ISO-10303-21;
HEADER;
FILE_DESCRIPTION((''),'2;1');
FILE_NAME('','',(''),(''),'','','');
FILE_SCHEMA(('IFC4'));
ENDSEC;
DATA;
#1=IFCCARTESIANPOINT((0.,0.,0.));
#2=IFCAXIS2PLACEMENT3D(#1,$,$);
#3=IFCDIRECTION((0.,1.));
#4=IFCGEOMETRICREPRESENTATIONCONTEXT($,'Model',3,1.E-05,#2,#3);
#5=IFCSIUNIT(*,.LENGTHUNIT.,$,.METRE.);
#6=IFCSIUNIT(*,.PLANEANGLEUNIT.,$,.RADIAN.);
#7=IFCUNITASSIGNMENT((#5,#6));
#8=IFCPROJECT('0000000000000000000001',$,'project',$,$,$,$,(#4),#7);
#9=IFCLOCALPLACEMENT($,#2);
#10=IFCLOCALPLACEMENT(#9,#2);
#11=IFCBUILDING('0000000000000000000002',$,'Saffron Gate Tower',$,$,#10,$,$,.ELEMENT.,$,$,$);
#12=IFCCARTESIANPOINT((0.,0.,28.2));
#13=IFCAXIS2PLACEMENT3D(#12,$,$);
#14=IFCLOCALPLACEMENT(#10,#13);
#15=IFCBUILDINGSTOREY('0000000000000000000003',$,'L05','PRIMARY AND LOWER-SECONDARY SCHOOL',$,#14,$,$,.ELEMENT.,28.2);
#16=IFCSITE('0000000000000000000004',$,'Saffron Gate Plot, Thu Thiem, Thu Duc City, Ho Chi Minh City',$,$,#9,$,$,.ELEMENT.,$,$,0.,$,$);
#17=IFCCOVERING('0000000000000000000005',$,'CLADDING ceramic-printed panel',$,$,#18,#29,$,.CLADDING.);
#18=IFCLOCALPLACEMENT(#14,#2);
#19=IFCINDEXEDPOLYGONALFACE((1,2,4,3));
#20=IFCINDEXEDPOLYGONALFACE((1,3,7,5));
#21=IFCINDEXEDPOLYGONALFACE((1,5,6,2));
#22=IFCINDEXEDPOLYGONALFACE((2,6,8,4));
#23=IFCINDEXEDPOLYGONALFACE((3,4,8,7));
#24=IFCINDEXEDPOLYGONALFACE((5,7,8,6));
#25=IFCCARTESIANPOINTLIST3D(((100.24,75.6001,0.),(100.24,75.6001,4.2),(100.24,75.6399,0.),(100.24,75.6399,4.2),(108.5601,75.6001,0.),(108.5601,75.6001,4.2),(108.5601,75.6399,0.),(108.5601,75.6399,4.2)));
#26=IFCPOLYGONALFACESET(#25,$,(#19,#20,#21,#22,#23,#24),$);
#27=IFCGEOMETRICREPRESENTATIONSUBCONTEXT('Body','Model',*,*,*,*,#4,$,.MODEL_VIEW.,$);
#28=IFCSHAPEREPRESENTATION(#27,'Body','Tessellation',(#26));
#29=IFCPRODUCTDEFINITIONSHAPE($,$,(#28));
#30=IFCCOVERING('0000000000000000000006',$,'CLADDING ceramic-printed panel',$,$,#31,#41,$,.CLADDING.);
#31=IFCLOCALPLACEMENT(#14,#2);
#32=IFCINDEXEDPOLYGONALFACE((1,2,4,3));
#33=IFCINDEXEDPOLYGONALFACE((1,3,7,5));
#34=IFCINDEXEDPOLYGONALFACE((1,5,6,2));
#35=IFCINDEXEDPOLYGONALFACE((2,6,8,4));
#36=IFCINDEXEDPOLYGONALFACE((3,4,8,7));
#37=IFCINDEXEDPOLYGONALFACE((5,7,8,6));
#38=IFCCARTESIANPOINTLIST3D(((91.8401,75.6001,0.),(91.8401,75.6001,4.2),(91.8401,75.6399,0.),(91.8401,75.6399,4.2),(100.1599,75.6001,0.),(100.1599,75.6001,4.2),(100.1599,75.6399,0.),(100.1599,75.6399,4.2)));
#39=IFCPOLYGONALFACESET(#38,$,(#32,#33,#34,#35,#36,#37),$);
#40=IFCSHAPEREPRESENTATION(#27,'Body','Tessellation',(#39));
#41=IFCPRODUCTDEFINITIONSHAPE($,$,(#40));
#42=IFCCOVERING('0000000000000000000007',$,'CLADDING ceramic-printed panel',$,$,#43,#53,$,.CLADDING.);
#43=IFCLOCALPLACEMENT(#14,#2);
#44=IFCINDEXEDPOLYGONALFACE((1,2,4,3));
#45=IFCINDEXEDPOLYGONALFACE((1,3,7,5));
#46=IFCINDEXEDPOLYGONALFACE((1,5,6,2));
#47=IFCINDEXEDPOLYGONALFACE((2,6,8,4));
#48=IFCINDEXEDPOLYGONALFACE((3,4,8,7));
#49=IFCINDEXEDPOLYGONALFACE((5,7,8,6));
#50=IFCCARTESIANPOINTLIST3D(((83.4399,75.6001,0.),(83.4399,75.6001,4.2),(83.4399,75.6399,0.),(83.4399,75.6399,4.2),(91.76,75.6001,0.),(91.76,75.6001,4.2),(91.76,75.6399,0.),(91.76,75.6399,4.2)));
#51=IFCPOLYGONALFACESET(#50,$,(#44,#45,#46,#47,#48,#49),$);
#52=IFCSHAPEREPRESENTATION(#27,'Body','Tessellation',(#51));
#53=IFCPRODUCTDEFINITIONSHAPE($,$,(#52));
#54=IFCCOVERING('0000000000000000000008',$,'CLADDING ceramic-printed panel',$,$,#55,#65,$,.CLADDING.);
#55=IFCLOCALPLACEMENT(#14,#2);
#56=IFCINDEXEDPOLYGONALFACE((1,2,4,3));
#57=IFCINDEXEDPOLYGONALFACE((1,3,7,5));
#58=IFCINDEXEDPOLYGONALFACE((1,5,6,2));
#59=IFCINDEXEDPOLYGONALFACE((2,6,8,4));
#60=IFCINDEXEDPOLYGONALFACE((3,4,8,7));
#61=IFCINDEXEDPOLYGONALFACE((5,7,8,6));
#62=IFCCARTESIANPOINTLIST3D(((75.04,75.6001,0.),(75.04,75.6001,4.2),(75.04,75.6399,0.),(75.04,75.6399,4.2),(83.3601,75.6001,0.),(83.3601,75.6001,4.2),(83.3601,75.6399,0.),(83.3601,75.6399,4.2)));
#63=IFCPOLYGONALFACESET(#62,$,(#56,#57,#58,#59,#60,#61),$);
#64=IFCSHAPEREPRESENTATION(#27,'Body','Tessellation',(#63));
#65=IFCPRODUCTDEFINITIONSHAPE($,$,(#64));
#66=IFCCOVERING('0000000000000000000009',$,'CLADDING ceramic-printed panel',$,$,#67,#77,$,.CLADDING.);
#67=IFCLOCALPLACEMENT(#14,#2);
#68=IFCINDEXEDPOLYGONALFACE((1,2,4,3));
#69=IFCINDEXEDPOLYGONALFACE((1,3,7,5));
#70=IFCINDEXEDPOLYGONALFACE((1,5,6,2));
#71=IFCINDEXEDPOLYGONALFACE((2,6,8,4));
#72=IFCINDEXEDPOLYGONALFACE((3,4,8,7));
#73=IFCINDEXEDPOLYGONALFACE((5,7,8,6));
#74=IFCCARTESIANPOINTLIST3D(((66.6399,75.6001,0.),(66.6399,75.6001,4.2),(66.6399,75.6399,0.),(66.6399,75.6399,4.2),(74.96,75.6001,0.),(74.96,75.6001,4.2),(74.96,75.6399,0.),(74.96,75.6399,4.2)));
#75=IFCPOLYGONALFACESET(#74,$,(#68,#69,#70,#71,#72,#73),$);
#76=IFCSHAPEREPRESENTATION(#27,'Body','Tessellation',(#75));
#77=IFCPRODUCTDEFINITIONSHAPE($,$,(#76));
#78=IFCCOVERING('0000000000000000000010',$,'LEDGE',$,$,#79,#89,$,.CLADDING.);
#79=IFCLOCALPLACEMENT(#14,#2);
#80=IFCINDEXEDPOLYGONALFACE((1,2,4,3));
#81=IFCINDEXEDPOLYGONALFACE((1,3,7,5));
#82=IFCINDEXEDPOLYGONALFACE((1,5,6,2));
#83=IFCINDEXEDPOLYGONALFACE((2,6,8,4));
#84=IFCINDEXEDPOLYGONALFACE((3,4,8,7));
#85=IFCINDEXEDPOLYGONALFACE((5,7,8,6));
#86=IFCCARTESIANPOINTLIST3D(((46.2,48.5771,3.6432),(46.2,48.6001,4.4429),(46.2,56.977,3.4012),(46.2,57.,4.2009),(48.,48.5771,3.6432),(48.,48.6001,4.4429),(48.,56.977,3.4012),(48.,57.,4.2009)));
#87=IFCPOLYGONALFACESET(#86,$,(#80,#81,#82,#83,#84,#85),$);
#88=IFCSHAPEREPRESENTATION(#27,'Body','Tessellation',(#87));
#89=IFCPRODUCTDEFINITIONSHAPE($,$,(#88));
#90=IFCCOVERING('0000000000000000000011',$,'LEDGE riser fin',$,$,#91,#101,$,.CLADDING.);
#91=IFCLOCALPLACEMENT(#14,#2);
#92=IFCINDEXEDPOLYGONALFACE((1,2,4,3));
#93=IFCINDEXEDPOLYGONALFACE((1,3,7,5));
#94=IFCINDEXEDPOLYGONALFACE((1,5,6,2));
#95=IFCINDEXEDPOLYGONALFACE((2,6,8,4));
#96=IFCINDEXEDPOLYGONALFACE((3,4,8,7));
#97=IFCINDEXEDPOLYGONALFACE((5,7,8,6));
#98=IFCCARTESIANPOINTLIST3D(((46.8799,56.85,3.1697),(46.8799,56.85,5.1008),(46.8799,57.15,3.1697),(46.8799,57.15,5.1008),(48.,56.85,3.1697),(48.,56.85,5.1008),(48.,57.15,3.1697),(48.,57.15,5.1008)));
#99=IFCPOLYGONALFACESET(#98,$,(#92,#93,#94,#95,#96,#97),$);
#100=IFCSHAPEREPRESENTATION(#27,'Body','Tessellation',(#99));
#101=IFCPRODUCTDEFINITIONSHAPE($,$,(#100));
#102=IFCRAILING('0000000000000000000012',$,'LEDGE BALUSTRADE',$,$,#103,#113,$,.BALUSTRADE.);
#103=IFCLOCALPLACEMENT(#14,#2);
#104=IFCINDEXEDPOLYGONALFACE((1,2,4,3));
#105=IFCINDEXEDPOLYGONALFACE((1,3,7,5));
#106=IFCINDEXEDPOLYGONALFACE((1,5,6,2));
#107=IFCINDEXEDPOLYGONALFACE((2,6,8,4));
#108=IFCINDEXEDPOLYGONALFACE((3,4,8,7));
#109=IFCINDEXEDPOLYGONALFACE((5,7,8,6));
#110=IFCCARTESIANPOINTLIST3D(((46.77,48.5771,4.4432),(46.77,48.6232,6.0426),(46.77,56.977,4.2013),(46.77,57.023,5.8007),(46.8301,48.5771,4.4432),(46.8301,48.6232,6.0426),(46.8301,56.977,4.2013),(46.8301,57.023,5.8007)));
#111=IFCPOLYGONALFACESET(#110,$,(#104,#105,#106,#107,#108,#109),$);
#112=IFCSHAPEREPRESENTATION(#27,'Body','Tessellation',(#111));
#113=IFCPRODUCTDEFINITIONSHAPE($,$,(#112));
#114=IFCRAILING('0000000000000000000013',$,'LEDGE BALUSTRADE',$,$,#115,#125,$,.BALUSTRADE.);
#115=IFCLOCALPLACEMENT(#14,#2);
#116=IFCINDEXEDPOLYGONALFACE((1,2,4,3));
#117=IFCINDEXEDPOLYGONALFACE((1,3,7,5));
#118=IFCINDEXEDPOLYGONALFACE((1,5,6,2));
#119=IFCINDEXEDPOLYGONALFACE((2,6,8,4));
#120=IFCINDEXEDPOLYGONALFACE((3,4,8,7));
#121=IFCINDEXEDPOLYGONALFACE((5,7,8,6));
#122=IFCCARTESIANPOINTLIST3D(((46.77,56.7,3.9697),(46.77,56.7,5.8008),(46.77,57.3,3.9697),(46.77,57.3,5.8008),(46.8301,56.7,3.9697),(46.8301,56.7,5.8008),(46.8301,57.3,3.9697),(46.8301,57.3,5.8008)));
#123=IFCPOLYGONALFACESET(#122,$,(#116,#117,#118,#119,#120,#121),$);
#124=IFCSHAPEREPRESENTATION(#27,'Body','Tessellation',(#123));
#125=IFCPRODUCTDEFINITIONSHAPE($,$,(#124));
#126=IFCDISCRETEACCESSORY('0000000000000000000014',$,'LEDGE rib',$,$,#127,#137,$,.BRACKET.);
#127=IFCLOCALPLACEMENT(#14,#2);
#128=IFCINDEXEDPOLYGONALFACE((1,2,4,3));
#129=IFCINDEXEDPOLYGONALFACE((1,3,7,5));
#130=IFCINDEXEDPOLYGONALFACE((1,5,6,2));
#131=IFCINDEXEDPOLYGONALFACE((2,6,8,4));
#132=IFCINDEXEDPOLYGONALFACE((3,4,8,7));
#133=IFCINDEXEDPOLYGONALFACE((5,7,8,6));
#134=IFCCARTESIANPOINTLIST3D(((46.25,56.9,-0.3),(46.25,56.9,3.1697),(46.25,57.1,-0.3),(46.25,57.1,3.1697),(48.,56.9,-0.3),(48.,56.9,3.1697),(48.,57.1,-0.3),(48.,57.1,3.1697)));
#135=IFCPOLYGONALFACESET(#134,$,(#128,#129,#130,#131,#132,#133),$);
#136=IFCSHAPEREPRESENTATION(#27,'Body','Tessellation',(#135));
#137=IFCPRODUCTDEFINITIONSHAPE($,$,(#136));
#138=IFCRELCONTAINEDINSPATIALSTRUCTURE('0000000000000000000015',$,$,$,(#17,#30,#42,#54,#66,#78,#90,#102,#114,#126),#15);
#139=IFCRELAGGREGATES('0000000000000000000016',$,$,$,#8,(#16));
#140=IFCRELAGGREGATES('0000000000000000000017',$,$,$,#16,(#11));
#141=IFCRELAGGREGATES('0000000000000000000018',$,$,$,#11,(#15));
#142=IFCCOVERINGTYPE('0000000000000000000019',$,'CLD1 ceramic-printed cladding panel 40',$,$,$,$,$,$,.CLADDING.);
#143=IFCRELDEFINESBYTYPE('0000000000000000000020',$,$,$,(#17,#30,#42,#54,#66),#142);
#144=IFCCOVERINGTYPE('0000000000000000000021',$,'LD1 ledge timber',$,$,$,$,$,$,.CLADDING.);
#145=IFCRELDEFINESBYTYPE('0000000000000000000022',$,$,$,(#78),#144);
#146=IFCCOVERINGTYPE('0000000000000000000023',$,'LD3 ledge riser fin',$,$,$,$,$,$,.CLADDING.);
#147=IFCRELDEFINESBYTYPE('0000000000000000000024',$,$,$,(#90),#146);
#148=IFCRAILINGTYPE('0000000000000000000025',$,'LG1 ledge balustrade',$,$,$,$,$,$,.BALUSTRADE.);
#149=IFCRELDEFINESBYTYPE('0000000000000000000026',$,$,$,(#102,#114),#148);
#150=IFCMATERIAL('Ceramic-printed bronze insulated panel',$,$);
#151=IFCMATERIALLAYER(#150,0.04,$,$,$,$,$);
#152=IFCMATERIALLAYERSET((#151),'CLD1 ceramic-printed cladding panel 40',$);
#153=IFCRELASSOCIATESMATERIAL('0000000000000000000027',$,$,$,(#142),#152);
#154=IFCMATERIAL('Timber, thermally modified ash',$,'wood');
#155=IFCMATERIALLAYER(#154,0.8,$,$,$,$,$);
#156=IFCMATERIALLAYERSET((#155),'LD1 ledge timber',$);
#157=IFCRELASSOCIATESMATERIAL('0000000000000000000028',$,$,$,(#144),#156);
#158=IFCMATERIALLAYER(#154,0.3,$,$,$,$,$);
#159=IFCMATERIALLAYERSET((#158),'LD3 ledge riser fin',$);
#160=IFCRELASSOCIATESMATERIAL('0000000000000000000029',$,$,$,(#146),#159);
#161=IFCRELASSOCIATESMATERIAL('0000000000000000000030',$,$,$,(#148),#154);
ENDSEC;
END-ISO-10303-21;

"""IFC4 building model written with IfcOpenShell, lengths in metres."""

from ifc_helpers import new_model, si_unit, direction, frame, origin, origin_2d, place, context, subcontext, project, spatial, polyline, rectangle, outline, extrude, material, layer, layer_set, type_object, element, save


model = new_model("IFC4")

# Units and contexts
model_context = context("Model", 3, precision=1e-05, world=origin(), true_north=direction((0.0, 1.0)))
body_context = subcontext(model_context, "Body", "Model", "MODEL_VIEW")
ifc_project = project(units=[si_unit("LENGTHUNIT", "METRE"), si_unit("PLANEANGLEUNIT", "RADIAN")], contexts=[model_context])

# Site, building, storey
site_placement = place(None, origin())
site = spatial("IfcSite", under=ifc_project, at=site_placement, Name="Saffron Gate Plot, Thu Thiem, Thu Duc City, Ho Chi Minh City", CompositionType="ELEMENT", RefElevation=0.0)
building_placement = place(site_placement, origin())
building = spatial("IfcBuilding", under=site, at=building_placement, Name="Saffron Gate Tower", CompositionType="ELEMENT")
storey_placement = place(building_placement, frame((0.0, 0.0, 28.2)))
storey = spatial("IfcBuildingStorey", under=building, at=storey_placement, Name="L05", Description="PRIMARY AND LOWER-SECONDARY SCHOOL", CompositionType="ELEMENT", Elevation=28.2)

# Coverings
ifc_material_1 = material(Name="Ceramic-printed bronze insulated panel")
ifc_layer_1 = layer(ifc_material_1, 0.04)
ifc_layer_set_1 = layer_set([ifc_layer_1], Name="CLD1 ceramic-printed cladding panel 40")
covering_type_1 = type_object("IfcCoveringType", Name="CLD1 ceramic-printed cladding panel 40", PredefinedType="CLADDING", material=ifc_layer_set_1)
covering_1_placement = place(storey_placement, origin())
element("IfcCovering", 1, at=covering_1_placement, inside=storey, type_object=covering_type_1, Name="CLADDING ceramic-printed panel", PredefinedType="CLADDING", context=body_context, shape_type="SweptSolid", body=[
    extrude(outline(polyline([(108.5601, 75.6399), (100.24, 75.6399), (100.24, 75.6001), (108.5601, 75.6001), (108.5601, 75.6399)])), origin(), (0.0, 0.0, 1.0), 4.2),
])
covering_2_placement = place(storey_placement, origin())
element("IfcCovering", 2, at=covering_2_placement, inside=storey, type_object=covering_type_1, Name="CLADDING ceramic-printed panel", PredefinedType="CLADDING", context=body_context, shape_type="SweptSolid", body=[
    extrude(outline(polyline([(100.1599, 75.6399), (91.8401, 75.6399), (91.8401, 75.6001), (100.1599, 75.6001), (100.1599, 75.6399)])), origin(), (0.0, 0.0, 1.0), 4.2),
])
covering_3_placement = place(storey_placement, origin())
element("IfcCovering", 3, at=covering_3_placement, inside=storey, type_object=covering_type_1, Name="CLADDING ceramic-printed panel", PredefinedType="CLADDING", context=body_context, shape_type="SweptSolid", body=[
    extrude(outline(polyline([(91.76, 75.6399), (83.4399, 75.6399), (83.4399, 75.6001), (91.76, 75.6001), (91.76, 75.6399)])), origin(), (0.0, 0.0, 1.0), 4.2),
])
covering_4_placement = place(storey_placement, origin())
element("IfcCovering", 4, at=covering_4_placement, inside=storey, type_object=covering_type_1, Name="CLADDING ceramic-printed panel", PredefinedType="CLADDING", context=body_context, shape_type="SweptSolid", body=[
    extrude(outline(polyline([(83.3601, 75.6399), (75.04, 75.6399), (75.04, 75.6001), (83.3601, 75.6001), (83.3601, 75.6399)])), origin(), (0.0, 0.0, 1.0), 4.2),
])
covering_5_placement = place(storey_placement, origin())
element("IfcCovering", 5, at=covering_5_placement, inside=storey, type_object=covering_type_1, Name="CLADDING ceramic-printed panel", PredefinedType="CLADDING", context=body_context, shape_type="SweptSolid", body=[
    extrude(outline(polyline([(74.96, 75.6399), (66.6399, 75.6399), (66.6399, 75.6001), (74.96, 75.6001), (74.96, 75.6399)])), origin(), (0.0, 0.0, 1.0), 4.2),
])
ifc_material_2 = material(Name="Timber, thermally modified ash", Category="wood")
ifc_layer_2 = layer(ifc_material_2, 0.8)
ifc_layer_set_2 = layer_set([ifc_layer_2], Name="LD1 ledge timber")
covering_type_2 = type_object("IfcCoveringType", Name="LD1 ledge timber", PredefinedType="CLADDING", material=ifc_layer_set_2)
covering_6_placement = place(storey_placement, frame((48.0, 57.0, 4.2009), z_axis=(0.0, 0.028791, 0.999585), x_axis=(0.0, -0.999585, 0.028791)))
element("IfcCovering", 6, at=covering_6_placement, inside=storey, type_object=covering_type_2, Name="LEDGE", PredefinedType="CLADDING", context=body_context, shape_type="SweptSolid", body=[
    extrude(outline(polyline([(0.0, 0.0), (8.4034, 0.0), (8.4034, -1.8), (0.0, -1.8), (0.0, 0.0)])), origin(), (0.0, 0.0, -1.0), 0.8),
])
ifc_layer_3 = layer(ifc_material_2, 0.3)
ifc_layer_set_3 = layer_set([ifc_layer_3], Name="LD3 ledge riser fin")
covering_type_3 = type_object("IfcCoveringType", Name="LD3 ledge riser fin", PredefinedType="CLADDING", material=ifc_layer_set_3)
covering_7_placement = place(storey_placement, frame((47.4399, 57.0, 3.1697), z_axis=(0.0, 0.0, 1.0), x_axis=(0.0, -1.0, 0.0)))
element("IfcCovering", 7, at=covering_7_placement, inside=storey, type_object=covering_type_3, Name="LEDGE riser fin", PredefinedType="CLADDING", context=body_context, shape_type="SweptSolid", body=[
    extrude(rectangle(XDim=0.3, YDim=1.1201, at=origin_2d()), origin(), (0.0, 0.0, 1.0), 1.9312),
])

# Railings
railing_type = type_object("IfcRailingType", Name="LG1 ledge balustrade", PredefinedType="BALUSTRADE", material=ifc_material_2)
railing_1_placement = place(storey_placement, frame((46.8, 57.0, 4.2009)))
element("IfcRailing", 8, at=railing_1_placement, inside=storey, type_object=railing_type, Name="LEDGE BALUSTRADE", PredefinedType="BALUSTRADE", context=body_context, shape_type="SweptSolid", body=[
    extrude(rectangle(XDim=0.0601, YDim=1.6001, at=origin_2d()), frame((0.0, 0.0, 0.8), z_axis=(0.0, -0.999585, 0.028791), x_axis=(1.0, 0.0, 0.0)), (0.0, 0.0, 1.0), 8.4033),
])
railing_2_placement = place(storey_placement, frame((46.8, 57.3, 3.9697)))
element("IfcRailing", 9, at=railing_2_placement, inside=storey, type_object=railing_type, Name="LEDGE BALUSTRADE", PredefinedType="BALUSTRADE", context=body_context, shape_type="SweptSolid", body=[
    extrude(rectangle(XDim=0.0601, YDim=1.8311, at=origin_2d()), frame((0.0, 0.0, 0.9155), z_axis=(0.0, -1.0, 0.0), x_axis=(1.0, 0.0, 0.0)), (0.0, 0.0, 1.0), 0.6001),
])

# Discrete accessory
discrete_accessory_placement = place(storey_placement, frame((47.125, 57.0, -0.3), z_axis=(0.0, 0.0, 1.0), x_axis=(0.0, -1.0, 0.0)))
element("IfcDiscreteAccessory", 10, at=discrete_accessory_placement, inside=storey, Name="LEDGE rib", PredefinedType="BRACKET", context=body_context, shape_type="SweptSolid", body=[
    extrude(rectangle(XDim=0.2, YDim=1.75, at=origin_2d()), origin(), (0.0, 0.0, 1.0), 3.4697),
])

save(model, "model.ifc")
